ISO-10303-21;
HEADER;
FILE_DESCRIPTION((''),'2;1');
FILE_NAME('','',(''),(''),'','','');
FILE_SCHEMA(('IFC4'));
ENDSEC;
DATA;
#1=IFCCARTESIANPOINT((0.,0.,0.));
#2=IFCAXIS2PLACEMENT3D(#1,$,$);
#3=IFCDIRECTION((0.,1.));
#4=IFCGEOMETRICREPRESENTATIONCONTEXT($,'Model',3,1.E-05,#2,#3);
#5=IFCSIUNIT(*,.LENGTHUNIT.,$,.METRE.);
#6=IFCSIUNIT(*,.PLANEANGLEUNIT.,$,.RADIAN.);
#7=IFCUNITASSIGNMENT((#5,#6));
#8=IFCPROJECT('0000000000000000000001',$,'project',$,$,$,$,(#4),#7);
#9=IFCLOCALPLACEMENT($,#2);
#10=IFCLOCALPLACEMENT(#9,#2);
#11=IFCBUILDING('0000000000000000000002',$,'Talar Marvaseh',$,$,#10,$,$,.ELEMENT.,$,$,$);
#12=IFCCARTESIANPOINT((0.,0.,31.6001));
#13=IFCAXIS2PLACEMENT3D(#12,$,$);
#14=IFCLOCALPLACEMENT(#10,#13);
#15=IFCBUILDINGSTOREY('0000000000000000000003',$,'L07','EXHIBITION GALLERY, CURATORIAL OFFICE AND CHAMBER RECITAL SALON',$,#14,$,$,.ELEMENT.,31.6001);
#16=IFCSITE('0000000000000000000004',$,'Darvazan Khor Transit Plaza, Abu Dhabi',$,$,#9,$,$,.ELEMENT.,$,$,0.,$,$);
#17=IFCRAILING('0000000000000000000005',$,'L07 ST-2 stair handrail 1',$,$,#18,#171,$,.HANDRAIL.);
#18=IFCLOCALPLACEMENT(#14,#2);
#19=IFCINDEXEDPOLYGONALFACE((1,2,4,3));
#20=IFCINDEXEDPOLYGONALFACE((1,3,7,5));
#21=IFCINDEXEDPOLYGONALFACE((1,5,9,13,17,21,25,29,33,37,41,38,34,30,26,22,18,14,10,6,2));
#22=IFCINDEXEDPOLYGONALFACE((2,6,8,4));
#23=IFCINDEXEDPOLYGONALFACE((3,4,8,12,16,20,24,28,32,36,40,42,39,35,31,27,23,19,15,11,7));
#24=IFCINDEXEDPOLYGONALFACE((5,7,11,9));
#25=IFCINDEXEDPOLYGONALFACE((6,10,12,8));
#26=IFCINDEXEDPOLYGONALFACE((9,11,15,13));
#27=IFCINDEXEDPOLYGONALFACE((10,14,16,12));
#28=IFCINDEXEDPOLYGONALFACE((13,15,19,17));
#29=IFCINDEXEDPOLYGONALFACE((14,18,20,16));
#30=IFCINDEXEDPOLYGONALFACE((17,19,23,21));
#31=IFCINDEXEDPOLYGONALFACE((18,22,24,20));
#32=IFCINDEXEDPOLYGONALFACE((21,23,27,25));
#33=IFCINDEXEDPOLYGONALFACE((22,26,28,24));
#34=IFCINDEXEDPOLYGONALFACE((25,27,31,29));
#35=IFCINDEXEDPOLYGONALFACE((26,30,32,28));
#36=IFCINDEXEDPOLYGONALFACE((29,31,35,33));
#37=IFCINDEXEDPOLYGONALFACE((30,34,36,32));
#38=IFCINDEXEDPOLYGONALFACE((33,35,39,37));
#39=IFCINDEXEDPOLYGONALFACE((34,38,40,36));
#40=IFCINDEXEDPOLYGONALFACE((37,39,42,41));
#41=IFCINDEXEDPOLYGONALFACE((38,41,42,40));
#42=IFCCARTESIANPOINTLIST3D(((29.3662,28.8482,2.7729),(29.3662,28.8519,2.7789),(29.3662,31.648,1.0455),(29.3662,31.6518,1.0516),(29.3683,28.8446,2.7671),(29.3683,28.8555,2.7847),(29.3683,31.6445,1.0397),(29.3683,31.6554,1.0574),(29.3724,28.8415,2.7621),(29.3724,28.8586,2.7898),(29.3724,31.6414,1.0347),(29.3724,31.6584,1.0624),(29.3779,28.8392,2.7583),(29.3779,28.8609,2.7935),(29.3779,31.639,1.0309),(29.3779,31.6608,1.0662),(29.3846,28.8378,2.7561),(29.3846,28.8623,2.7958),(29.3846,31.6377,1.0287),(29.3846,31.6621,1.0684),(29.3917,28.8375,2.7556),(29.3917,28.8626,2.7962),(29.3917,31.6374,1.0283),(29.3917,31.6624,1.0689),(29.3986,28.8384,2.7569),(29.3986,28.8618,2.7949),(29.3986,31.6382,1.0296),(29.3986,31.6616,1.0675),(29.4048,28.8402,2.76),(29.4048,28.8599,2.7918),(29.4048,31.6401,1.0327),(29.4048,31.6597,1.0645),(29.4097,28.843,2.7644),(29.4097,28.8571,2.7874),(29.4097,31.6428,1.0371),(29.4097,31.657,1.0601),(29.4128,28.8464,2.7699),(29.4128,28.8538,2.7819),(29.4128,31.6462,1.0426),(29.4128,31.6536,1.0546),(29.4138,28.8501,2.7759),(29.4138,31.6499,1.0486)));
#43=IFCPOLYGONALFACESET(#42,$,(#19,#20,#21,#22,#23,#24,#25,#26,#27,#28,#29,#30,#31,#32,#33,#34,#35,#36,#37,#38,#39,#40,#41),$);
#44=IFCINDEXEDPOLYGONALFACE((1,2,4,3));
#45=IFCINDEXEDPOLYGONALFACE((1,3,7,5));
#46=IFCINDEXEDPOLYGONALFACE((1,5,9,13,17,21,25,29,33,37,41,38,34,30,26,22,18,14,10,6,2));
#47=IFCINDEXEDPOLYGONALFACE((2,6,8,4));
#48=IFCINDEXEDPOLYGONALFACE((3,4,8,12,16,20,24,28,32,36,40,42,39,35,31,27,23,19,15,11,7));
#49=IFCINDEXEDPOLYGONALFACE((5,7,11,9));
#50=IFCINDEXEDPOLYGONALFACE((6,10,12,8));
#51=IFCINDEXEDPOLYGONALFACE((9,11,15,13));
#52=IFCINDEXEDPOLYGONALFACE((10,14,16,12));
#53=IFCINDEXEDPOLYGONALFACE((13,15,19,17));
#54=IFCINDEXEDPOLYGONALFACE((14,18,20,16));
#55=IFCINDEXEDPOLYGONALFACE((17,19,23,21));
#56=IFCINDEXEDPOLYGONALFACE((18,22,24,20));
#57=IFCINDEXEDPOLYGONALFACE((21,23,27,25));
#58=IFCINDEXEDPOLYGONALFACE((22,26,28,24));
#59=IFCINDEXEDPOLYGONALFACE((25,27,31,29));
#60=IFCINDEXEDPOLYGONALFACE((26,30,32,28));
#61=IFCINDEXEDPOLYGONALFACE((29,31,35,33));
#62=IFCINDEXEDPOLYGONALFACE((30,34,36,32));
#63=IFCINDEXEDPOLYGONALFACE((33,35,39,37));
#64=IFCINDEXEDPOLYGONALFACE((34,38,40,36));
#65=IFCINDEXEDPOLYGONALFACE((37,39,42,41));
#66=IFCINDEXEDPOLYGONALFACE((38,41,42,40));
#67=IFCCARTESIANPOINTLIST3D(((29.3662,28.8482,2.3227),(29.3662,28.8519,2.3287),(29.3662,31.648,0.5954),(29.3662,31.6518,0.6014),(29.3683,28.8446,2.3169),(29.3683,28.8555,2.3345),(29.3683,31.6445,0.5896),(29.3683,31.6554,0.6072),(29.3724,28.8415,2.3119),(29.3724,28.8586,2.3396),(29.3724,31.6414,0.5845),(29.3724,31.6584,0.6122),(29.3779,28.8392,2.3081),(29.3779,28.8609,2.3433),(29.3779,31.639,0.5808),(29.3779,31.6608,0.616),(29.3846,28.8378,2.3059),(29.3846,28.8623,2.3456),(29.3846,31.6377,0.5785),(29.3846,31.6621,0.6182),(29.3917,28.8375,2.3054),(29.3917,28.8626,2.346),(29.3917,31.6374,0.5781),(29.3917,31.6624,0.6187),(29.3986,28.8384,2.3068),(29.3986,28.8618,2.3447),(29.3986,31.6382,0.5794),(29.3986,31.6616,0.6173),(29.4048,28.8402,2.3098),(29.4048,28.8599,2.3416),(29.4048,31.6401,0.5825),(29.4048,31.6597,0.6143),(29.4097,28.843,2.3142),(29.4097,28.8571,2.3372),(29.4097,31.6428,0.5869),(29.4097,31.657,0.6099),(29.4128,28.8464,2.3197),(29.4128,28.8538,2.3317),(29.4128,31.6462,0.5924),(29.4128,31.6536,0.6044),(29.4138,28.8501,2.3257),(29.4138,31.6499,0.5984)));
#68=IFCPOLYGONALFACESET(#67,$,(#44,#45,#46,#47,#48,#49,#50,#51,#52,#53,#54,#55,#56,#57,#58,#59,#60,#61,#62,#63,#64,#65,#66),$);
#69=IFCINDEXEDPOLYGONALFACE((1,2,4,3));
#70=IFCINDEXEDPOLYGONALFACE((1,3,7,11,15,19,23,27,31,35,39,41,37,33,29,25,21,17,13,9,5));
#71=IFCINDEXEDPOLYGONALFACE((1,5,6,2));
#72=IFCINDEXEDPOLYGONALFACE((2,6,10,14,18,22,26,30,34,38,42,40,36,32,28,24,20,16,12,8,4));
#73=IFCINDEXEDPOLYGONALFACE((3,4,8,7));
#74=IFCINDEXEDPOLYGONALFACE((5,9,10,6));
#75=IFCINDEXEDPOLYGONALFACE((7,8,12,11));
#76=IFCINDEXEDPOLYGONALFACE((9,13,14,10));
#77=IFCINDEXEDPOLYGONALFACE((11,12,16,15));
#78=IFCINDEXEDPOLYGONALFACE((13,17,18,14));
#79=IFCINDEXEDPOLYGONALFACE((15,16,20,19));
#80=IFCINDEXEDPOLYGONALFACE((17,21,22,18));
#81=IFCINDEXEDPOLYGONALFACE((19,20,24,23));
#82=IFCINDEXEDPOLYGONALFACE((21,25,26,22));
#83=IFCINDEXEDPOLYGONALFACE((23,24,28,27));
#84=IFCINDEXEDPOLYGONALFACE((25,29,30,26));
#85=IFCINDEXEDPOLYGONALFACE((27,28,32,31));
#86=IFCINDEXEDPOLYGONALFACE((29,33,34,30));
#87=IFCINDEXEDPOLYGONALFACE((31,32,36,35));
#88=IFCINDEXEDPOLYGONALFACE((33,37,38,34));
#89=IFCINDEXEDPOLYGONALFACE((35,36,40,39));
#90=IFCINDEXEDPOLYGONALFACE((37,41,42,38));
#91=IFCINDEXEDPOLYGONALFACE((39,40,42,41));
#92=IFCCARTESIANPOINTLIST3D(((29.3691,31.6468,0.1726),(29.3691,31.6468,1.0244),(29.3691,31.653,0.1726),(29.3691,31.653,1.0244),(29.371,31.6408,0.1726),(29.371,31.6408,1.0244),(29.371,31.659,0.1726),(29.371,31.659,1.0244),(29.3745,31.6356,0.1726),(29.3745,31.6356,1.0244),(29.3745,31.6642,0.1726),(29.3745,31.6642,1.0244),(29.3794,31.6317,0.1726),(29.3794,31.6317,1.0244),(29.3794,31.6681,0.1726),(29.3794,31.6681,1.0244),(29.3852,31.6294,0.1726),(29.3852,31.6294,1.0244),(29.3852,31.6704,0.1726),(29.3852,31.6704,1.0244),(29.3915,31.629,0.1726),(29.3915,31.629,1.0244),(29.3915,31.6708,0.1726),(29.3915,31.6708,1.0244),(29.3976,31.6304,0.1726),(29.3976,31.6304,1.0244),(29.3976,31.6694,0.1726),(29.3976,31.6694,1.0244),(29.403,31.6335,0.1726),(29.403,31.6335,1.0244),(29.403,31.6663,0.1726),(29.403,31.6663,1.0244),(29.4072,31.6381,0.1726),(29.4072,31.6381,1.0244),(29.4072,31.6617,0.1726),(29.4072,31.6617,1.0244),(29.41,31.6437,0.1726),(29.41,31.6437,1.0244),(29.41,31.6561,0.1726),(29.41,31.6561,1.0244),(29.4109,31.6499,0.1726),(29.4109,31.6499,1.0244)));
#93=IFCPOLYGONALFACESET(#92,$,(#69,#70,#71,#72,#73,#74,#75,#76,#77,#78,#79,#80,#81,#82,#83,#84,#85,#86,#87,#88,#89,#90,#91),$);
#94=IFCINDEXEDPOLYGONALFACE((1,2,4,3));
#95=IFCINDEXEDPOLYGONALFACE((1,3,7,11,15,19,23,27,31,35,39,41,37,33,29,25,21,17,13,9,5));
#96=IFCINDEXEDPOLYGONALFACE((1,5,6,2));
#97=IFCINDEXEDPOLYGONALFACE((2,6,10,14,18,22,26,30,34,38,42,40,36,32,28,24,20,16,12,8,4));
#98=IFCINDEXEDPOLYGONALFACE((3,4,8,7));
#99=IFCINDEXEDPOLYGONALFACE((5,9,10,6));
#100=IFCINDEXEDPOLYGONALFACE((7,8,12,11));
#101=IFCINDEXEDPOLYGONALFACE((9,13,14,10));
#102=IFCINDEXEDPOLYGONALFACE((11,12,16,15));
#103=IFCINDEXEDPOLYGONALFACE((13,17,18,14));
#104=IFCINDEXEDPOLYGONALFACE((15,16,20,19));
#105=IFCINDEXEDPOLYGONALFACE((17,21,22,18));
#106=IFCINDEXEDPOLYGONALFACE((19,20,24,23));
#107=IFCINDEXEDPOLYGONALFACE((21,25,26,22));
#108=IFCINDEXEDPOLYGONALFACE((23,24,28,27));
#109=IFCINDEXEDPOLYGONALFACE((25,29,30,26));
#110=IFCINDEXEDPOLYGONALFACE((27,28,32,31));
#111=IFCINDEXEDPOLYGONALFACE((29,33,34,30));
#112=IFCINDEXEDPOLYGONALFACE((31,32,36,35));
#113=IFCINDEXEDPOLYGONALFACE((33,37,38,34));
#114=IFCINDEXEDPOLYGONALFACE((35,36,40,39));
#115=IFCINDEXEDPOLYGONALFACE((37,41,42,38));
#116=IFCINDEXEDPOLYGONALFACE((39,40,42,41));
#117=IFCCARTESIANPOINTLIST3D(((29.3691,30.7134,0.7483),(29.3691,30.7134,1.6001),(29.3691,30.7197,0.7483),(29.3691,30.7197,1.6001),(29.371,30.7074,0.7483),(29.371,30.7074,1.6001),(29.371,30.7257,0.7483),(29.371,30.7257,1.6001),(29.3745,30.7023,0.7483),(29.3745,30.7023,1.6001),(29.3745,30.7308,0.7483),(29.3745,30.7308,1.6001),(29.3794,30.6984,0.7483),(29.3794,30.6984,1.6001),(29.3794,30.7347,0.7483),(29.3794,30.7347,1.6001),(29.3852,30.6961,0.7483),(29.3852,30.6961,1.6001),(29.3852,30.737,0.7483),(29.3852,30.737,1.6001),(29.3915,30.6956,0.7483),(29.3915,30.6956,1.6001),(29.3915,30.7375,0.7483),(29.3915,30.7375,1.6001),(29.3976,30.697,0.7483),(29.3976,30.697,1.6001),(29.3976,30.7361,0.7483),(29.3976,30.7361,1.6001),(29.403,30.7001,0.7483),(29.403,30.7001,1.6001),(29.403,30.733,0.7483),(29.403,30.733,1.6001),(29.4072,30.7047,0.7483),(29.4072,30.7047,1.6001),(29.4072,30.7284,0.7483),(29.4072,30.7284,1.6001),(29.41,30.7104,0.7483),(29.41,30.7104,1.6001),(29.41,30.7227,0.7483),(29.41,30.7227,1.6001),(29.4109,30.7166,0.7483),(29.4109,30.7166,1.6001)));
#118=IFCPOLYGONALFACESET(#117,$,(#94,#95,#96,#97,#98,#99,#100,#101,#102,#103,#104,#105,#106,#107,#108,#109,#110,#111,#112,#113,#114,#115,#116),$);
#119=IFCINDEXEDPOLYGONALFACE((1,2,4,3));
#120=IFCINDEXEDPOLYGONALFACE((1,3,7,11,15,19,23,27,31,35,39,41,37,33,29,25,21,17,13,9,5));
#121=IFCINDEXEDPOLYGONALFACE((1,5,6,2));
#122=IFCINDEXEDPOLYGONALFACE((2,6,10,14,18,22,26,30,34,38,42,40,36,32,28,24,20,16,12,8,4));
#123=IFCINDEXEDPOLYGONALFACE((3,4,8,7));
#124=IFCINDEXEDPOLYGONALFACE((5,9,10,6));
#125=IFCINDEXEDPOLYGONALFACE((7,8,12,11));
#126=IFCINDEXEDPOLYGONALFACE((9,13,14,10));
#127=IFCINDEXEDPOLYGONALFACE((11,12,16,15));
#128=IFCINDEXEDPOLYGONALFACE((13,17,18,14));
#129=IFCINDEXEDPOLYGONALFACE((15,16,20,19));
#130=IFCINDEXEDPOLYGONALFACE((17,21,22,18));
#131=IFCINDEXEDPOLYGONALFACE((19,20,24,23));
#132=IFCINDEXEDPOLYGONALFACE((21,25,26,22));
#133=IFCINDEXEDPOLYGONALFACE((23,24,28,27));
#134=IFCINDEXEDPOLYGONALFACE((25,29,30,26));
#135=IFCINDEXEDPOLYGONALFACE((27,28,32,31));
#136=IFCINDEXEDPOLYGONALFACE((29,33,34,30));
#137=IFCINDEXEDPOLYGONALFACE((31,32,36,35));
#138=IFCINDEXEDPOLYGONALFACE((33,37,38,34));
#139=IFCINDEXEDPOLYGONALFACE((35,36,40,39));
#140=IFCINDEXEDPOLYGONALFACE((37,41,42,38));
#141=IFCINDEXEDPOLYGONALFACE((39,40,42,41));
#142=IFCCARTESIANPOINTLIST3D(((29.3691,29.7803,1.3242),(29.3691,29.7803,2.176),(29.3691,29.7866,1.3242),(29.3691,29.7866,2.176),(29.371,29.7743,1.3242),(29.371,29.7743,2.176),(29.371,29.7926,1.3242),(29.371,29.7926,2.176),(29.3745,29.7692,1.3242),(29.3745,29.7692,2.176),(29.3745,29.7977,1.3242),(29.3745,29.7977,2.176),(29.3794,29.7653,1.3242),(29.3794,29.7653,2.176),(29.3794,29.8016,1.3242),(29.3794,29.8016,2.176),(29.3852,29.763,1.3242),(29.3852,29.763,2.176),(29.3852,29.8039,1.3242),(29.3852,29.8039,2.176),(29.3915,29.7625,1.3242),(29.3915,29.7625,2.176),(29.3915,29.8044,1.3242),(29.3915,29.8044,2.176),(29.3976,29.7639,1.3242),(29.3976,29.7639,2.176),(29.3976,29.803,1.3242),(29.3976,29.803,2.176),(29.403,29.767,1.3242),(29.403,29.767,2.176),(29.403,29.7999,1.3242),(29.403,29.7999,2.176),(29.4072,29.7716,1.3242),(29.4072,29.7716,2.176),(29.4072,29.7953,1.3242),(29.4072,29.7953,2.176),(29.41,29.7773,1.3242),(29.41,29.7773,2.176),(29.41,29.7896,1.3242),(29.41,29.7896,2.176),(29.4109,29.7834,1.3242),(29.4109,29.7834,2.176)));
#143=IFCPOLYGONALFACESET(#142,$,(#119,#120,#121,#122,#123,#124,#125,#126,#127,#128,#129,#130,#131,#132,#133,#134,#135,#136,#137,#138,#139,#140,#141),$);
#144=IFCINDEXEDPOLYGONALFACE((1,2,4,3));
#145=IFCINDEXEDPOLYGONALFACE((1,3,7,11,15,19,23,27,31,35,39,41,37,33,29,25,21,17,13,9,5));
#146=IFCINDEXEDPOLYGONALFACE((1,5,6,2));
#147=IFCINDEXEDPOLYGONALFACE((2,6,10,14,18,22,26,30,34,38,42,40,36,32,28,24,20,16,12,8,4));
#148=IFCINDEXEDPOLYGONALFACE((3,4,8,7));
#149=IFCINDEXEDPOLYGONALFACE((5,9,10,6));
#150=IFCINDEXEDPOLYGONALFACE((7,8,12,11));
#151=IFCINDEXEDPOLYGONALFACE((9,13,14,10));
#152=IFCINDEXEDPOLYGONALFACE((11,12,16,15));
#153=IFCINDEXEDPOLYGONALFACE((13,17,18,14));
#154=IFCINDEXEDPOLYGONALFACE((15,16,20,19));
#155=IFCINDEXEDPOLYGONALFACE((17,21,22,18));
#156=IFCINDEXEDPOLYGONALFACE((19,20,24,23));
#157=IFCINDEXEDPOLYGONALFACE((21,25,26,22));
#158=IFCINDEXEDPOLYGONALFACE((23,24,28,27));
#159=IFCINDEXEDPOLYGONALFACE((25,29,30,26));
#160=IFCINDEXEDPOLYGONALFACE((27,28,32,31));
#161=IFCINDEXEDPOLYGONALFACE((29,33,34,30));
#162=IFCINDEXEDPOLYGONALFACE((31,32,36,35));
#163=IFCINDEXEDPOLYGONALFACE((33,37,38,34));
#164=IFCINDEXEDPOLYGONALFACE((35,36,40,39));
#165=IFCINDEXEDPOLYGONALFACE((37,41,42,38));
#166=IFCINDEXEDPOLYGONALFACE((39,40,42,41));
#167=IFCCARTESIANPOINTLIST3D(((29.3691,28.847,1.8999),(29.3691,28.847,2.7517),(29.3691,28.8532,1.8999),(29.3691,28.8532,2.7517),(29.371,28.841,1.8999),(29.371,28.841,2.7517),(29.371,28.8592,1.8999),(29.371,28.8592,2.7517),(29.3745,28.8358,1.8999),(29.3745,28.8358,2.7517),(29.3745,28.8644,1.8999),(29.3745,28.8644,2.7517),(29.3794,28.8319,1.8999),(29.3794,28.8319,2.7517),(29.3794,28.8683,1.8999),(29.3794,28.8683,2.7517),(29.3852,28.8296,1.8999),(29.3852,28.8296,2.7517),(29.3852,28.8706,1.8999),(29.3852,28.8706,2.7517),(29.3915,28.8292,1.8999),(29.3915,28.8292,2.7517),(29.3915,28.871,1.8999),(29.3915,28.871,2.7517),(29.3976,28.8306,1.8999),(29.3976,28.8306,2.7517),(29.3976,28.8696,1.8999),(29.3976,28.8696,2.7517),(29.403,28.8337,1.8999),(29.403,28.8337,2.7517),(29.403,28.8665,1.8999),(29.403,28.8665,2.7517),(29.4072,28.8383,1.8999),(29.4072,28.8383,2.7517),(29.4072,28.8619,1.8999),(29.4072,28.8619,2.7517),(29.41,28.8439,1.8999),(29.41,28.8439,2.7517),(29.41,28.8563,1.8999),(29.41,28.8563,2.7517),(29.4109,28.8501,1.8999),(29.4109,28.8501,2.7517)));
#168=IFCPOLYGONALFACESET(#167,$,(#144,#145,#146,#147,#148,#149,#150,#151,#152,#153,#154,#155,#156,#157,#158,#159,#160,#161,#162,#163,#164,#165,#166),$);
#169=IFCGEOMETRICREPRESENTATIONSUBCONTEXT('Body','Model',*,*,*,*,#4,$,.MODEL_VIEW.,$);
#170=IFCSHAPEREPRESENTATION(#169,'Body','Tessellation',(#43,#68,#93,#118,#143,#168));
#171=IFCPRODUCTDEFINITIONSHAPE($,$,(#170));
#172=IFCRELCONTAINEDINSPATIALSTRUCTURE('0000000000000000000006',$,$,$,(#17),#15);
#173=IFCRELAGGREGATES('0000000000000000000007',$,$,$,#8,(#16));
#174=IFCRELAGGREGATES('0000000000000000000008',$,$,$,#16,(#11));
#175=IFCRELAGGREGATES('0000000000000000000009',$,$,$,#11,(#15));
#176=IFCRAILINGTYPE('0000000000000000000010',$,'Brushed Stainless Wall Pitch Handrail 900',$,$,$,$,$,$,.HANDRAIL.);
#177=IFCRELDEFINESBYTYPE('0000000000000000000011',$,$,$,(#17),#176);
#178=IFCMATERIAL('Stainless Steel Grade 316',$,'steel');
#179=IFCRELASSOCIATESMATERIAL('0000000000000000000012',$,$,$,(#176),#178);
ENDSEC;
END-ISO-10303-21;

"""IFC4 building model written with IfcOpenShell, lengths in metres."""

from ifc_helpers import new_model, si_unit, direction, frame, origin, origin_2d, place, context, subcontext, project, spatial, circle, extrude, material, type_object, element, save


model = new_model("IFC4")

# Units and contexts
model_context = context("Model", 3, precision=1e-05, world=origin(), true_north=direction((0.0, 1.0)))
body_context = subcontext(model_context, "Body", "Model", "MODEL_VIEW")
ifc_project = project(units=[si_unit("LENGTHUNIT", "METRE"), si_unit("PLANEANGLEUNIT", "RADIAN")], contexts=[model_context])

# Site, building, storey
site_placement = place(None, origin())
site = spatial("IfcSite", under=ifc_project, at=site_placement, Name="Darvazan Khor Transit Plaza, Abu Dhabi", CompositionType="ELEMENT", RefElevation=0.0)
building_placement = place(site_placement, origin())
building = spatial("IfcBuilding", under=site, at=building_placement, Name="Talar Marvaseh", CompositionType="ELEMENT")
storey_placement = place(building_placement, frame((0.0, 0.0, 31.6001)))
storey = spatial("IfcBuildingStorey", under=building, at=storey_placement, Name="L07", Description="EXHIBITION GALLERY, CURATORIAL OFFICE AND CHAMBER RECITAL SALON", CompositionType="ELEMENT", Elevation=31.6001)

# Railing
ifc_material_1 = material(Name="Stainless Steel Grade 316", Category="steel")
railing_type_1 = type_object("IfcRailingType", Name="Brushed Stainless Wall Pitch Handrail 900", PredefinedType="HANDRAIL", material=ifc_material_1)
railing_1_placement = place(storey_placement, frame((29.3899, 31.6499, 0.1726)))
element("IfcRailing", 1, at=railing_1_placement, inside=storey, type_object=railing_type_1, Name="L07 ST-2 stair handrail 1", PredefinedType="HANDRAIL", context=body_context, shape_type="SweptSolid", body=[
    extrude(circle(Radius=0.0239, at=origin_2d()), frame((0.0, 0.0, 0.876), z_axis=(0.0, -0.851069, 0.525054), x_axis=(1.0, 0.0, 0.0)), (0.0, 0.0, 1.0), 3.2898),
    extrude(circle(Radius=0.0239, at=origin_2d()), frame((0.0, 0.0, 0.4258), z_axis=(0.0, -0.851069, 0.525054), x_axis=(1.0, 0.0, 0.0)), (0.0, 0.0, 1.0), 3.2898),
    extrude(circle(Radius=0.021, at=origin_2d()), origin(), (0.0, 0.0, 1.0), 0.8518),
    extrude(circle(Radius=0.021, at=origin_2d()), frame((0.0, -0.9333, 0.5757)), (0.0, 0.0, 1.0), 0.8518),
    extrude(circle(Radius=0.021, at=origin_2d()), frame((0.0, -1.8665, 1.1516)), (0.0, 0.0, 1.0), 0.8518),
    extrude(circle(Radius=0.021, at=origin_2d()), frame((0.0, -2.7998, 1.7273)), (0.0, 0.0, 1.0), 0.8518),
])

save(model, "model.ifc")
